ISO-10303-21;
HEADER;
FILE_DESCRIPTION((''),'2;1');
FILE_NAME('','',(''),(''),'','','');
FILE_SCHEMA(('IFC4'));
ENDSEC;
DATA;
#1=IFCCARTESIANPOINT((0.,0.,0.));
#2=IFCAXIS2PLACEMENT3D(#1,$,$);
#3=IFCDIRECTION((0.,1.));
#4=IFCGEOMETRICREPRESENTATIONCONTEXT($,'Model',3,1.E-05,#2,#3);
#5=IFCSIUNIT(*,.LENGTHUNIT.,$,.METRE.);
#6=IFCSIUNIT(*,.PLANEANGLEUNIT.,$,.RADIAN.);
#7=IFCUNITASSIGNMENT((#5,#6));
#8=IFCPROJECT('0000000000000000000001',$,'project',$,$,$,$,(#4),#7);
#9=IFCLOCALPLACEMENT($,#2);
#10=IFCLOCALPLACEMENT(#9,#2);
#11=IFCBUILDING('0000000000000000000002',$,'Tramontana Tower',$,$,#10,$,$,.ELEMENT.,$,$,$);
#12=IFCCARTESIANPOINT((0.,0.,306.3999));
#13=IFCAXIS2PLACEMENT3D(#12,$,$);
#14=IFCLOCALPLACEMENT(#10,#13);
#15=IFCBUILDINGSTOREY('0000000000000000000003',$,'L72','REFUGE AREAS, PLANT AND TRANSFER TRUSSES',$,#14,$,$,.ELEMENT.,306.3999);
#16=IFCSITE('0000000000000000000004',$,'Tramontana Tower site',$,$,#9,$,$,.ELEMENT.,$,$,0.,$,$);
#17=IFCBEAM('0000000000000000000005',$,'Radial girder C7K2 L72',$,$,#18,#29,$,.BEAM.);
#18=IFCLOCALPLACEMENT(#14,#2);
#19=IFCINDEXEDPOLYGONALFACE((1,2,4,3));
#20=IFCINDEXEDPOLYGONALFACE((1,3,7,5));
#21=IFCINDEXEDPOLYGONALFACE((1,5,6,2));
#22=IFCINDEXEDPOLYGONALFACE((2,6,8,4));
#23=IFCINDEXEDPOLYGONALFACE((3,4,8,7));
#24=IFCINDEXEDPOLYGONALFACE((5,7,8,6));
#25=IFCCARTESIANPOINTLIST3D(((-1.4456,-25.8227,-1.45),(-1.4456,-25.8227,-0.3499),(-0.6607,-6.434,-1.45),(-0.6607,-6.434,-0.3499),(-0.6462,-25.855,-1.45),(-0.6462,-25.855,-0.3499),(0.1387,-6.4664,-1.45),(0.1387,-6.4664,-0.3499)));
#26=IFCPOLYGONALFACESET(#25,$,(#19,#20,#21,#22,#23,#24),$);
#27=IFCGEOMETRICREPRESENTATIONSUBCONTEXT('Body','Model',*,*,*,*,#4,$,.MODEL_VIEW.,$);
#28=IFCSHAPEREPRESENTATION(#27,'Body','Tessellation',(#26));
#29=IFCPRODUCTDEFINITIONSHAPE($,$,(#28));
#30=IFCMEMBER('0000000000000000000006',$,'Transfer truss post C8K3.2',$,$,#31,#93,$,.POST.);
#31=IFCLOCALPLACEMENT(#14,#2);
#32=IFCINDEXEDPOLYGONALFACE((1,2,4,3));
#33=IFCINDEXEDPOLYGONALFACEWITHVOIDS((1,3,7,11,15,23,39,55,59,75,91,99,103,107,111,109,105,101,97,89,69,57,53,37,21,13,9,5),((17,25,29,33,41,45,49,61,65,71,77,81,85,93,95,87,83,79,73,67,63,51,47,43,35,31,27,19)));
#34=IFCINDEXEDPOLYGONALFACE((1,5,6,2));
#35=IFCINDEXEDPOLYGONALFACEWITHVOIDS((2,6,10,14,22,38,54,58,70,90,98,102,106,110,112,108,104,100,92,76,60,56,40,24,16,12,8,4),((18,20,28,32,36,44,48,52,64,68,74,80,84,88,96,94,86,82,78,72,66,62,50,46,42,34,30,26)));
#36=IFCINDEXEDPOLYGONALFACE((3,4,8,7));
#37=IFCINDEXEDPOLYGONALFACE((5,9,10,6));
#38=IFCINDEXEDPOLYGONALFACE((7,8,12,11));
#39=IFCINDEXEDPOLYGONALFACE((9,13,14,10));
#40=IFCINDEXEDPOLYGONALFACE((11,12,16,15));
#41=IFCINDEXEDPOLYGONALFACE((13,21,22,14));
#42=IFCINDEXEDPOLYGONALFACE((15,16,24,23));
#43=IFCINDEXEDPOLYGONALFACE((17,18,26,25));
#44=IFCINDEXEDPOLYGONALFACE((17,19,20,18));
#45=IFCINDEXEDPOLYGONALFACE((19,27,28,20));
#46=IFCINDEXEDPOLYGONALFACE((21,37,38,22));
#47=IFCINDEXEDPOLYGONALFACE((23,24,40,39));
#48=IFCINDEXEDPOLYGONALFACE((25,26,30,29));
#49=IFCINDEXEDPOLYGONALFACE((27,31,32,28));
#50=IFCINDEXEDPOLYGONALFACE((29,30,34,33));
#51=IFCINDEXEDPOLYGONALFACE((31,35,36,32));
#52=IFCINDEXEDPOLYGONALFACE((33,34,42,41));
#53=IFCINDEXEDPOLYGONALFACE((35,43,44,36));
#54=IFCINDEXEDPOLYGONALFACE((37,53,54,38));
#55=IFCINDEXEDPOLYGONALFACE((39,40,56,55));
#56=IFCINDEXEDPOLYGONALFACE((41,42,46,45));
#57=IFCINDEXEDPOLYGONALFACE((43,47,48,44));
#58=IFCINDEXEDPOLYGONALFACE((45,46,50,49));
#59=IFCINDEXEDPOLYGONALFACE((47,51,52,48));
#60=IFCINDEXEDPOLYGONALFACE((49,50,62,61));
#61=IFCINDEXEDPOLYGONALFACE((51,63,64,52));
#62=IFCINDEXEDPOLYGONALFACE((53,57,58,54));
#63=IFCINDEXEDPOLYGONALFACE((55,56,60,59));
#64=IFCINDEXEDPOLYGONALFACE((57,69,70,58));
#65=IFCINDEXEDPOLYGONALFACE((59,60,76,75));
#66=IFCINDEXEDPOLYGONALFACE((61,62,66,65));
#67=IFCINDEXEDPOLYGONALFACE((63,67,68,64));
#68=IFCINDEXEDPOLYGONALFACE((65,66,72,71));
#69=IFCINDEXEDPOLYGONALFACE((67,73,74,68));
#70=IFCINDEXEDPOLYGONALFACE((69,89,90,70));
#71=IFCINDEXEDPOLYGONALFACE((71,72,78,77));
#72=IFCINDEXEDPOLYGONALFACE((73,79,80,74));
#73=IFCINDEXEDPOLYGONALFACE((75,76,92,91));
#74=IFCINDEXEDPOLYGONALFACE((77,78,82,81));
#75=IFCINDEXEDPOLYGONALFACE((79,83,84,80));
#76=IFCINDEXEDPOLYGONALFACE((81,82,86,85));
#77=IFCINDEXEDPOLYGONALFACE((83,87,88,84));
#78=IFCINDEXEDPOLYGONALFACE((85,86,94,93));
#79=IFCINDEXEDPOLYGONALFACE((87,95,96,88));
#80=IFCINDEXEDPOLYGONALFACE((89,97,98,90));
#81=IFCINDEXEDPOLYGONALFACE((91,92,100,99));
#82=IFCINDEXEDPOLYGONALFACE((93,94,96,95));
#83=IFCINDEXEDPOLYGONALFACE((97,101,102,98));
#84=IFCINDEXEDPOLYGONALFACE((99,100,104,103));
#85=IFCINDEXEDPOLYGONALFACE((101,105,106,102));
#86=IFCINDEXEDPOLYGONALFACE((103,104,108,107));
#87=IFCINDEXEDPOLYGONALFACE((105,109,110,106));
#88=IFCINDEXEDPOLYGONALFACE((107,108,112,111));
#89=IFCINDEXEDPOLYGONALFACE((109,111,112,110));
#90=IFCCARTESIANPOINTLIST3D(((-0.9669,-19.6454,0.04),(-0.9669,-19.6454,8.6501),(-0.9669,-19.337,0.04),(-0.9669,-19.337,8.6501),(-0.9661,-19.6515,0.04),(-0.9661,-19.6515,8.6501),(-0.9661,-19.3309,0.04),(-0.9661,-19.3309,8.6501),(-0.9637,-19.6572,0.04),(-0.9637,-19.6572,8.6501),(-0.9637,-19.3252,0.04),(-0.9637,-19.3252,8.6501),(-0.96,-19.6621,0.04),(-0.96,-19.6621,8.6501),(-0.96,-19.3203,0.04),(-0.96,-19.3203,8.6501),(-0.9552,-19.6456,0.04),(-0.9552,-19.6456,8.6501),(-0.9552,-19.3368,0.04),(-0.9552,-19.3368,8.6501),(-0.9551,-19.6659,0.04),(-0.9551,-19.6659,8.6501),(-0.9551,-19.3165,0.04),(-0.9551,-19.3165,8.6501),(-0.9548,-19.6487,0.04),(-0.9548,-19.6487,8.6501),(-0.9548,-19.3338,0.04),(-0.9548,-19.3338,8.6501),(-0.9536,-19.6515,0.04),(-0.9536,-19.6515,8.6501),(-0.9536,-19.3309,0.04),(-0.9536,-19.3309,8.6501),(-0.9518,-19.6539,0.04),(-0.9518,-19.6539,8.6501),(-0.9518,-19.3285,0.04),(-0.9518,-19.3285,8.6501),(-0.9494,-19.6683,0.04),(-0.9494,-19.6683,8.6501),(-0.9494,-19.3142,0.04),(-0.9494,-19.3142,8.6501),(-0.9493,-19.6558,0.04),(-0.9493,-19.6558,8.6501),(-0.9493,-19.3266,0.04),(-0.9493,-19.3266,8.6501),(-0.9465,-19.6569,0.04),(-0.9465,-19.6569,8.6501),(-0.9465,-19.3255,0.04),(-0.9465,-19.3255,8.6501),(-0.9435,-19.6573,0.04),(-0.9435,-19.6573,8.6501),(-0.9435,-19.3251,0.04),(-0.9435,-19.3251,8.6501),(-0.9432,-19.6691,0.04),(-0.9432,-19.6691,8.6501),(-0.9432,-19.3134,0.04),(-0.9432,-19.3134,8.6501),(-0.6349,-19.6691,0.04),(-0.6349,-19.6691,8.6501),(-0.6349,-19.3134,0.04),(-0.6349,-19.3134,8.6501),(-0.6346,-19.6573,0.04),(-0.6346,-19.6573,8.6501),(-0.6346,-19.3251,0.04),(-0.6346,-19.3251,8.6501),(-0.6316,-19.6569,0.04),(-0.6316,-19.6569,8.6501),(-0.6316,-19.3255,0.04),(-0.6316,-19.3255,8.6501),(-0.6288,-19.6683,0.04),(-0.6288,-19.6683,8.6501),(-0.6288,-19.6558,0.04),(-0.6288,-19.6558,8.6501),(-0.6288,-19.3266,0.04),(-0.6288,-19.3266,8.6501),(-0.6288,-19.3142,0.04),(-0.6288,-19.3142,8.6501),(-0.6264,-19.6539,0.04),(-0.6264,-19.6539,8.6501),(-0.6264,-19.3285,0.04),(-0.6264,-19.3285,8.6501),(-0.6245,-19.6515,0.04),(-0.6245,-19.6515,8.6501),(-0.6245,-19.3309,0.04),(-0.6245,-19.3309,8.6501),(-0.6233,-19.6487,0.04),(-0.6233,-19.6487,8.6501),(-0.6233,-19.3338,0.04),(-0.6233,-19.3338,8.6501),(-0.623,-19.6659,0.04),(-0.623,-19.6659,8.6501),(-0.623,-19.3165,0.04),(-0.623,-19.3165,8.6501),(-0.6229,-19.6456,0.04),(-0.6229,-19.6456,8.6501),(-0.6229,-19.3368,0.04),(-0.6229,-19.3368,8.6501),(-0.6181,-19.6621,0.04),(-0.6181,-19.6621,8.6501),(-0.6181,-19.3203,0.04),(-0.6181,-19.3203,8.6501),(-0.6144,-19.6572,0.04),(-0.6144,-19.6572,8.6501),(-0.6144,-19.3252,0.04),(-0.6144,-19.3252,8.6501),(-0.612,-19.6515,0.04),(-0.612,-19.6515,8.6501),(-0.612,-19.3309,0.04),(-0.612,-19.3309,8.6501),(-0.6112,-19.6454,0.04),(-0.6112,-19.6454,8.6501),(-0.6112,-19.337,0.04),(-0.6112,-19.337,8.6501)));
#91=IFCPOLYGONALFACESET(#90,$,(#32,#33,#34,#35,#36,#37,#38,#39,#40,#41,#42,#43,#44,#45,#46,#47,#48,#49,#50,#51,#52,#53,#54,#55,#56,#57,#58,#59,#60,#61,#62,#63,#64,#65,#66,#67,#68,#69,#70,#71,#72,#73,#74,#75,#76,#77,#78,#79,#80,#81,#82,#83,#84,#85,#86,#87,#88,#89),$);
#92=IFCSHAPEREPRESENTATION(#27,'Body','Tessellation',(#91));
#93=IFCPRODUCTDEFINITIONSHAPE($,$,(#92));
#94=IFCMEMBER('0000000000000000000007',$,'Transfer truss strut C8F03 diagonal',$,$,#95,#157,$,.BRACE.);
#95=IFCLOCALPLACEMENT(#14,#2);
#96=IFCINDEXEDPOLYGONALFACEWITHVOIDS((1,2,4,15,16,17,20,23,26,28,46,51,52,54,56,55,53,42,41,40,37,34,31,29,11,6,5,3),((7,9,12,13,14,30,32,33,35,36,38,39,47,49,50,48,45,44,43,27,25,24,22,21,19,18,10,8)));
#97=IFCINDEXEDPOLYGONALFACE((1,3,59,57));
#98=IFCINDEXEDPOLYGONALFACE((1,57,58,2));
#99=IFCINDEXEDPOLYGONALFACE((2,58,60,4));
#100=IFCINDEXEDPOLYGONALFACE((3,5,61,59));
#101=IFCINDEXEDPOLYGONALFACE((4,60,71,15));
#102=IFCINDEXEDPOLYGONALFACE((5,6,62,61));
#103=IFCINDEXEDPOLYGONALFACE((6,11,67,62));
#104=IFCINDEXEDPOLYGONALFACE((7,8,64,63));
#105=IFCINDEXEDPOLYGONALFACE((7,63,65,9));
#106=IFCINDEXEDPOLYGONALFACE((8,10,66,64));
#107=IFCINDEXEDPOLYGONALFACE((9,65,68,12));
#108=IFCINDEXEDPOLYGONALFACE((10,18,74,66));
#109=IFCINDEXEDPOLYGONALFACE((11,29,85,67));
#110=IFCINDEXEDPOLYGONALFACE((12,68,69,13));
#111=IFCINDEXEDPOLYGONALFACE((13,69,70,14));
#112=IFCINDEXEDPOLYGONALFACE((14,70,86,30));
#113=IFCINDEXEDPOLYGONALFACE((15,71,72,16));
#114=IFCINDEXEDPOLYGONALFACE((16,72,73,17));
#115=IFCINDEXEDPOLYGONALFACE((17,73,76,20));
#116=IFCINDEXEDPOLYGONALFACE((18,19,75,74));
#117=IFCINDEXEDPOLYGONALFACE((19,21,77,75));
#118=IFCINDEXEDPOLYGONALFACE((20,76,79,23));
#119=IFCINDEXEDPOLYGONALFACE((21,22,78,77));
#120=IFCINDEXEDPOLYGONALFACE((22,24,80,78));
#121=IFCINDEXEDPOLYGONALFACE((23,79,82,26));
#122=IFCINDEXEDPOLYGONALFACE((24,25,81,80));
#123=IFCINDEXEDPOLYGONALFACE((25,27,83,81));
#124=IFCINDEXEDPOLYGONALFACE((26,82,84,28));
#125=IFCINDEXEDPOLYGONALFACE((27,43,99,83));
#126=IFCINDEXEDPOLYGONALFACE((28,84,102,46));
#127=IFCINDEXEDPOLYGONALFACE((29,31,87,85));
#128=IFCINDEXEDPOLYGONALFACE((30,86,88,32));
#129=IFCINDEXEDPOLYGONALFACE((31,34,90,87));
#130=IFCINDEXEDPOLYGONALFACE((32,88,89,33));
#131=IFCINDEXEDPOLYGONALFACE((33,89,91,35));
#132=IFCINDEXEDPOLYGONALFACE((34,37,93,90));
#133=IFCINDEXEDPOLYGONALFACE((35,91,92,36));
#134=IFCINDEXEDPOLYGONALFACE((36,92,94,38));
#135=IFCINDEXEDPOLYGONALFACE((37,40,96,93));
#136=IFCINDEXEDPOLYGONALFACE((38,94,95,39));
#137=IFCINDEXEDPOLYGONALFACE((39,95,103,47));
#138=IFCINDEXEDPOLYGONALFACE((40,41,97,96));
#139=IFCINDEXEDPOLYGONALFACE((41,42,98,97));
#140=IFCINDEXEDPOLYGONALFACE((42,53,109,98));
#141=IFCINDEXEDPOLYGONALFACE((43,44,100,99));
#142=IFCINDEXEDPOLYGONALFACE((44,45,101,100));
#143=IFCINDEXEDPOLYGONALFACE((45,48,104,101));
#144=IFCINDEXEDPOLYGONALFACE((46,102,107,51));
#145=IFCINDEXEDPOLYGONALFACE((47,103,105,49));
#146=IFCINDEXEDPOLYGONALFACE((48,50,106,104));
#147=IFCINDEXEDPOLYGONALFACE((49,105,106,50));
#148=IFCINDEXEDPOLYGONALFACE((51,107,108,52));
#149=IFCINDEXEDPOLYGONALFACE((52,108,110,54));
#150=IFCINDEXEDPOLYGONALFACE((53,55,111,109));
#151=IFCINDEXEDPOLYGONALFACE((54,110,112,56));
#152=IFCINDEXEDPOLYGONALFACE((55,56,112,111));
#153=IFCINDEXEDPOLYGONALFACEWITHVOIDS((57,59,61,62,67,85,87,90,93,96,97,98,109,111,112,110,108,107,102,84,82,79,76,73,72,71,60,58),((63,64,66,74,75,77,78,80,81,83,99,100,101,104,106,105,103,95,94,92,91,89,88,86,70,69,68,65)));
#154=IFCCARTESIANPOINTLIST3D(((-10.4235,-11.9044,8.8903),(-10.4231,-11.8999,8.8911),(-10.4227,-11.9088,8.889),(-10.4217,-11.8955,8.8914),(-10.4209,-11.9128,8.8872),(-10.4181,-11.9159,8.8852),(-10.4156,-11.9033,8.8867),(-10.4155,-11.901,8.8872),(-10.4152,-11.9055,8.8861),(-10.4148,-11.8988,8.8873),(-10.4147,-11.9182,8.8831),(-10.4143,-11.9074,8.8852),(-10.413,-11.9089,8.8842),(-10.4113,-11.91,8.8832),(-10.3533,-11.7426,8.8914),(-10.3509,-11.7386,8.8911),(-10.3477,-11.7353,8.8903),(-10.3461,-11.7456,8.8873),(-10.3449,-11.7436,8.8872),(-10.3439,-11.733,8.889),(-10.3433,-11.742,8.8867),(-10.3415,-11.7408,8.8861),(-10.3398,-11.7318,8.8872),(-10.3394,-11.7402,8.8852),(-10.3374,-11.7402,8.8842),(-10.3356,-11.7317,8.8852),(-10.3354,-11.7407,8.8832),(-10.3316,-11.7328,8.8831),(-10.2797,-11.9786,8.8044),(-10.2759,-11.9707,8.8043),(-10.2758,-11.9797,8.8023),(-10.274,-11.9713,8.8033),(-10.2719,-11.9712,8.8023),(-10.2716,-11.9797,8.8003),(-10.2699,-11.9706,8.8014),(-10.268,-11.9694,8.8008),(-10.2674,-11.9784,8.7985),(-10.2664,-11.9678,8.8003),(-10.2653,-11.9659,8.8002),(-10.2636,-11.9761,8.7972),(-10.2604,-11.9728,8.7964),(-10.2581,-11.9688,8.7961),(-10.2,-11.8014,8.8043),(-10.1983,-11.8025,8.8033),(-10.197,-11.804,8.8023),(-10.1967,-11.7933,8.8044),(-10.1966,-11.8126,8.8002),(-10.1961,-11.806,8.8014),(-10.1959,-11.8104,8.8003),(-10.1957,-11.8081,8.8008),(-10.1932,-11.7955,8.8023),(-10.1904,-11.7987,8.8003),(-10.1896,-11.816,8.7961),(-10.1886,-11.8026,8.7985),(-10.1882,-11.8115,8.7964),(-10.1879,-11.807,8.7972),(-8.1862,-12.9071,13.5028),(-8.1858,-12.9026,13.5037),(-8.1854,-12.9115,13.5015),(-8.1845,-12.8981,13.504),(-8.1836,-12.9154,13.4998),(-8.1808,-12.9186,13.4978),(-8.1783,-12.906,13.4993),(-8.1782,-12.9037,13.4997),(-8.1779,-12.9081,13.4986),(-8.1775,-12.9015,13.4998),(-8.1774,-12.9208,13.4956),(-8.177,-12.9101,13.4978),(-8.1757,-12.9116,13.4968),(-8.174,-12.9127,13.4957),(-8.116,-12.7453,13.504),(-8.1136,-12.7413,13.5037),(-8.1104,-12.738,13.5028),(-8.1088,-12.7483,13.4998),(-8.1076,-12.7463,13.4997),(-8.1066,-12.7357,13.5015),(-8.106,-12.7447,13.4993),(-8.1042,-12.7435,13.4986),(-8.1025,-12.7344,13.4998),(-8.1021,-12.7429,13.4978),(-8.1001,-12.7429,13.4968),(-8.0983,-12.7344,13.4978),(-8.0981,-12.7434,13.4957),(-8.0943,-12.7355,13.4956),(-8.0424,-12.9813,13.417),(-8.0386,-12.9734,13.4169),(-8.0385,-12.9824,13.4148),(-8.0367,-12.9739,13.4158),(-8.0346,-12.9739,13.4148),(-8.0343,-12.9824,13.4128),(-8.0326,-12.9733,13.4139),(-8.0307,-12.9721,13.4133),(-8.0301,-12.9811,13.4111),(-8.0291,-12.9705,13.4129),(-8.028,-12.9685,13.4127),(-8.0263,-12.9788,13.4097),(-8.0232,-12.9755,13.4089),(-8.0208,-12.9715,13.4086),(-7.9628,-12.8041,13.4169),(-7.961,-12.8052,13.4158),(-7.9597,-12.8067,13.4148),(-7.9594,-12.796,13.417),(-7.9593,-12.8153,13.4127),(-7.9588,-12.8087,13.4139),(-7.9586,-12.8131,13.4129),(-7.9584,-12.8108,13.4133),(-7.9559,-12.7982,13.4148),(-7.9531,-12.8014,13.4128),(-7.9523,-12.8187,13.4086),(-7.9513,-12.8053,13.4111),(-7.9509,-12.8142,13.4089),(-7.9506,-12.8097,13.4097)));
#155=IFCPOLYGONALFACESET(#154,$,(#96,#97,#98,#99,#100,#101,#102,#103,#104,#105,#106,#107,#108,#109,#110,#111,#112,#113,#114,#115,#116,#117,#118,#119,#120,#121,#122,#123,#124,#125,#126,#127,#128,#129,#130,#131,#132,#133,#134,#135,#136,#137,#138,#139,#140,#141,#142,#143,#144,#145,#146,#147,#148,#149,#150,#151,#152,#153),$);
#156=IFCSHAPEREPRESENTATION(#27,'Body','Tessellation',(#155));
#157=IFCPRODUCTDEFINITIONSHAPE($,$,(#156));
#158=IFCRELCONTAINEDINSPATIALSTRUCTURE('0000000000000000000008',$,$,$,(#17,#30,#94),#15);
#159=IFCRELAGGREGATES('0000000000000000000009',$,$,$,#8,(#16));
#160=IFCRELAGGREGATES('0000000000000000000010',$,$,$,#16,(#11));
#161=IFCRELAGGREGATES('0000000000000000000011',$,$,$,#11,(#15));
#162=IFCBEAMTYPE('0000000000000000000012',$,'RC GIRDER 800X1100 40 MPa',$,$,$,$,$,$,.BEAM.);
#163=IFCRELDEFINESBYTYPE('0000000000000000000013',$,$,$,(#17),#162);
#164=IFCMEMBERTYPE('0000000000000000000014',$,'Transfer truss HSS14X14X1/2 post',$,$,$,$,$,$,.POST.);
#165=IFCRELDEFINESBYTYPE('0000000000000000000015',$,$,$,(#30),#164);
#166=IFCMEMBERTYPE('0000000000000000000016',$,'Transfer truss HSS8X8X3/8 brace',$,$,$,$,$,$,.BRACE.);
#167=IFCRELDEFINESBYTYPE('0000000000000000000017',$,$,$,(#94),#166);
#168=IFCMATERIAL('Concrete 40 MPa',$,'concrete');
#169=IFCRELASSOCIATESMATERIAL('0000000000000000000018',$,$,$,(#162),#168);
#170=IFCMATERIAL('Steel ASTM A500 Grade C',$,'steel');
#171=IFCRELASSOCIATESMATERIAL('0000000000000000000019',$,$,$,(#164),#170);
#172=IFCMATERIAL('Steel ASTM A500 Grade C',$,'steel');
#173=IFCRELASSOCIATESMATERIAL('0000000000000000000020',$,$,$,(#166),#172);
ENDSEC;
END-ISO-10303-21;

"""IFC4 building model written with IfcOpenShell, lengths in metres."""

from ifc_helpers import new_model, si_unit, direction, frame, origin, origin_2d, place, context, subcontext, project, spatial, rectangle, hollow_rectangle, extrude, material, material_profile, profile_set, type_object, element, save


model = new_model("IFC4")

# Units and contexts
model_context = context("Model", 3, precision=1e-05, world=origin(), true_north=direction((0.0, 1.0)))
body_context = subcontext(model_context, "Body", "Model", "MODEL_VIEW")
ifc_project = project(units=[si_unit("LENGTHUNIT", "METRE"), si_unit("PLANEANGLEUNIT", "RADIAN")], contexts=[model_context])

# Site, building, storey
site_placement = place(None, origin())
site = spatial("IfcSite", under=ifc_project, at=site_placement, Name="Tramontana Tower site", CompositionType="ELEMENT", RefElevation=0.0)
building_placement = place(site_placement, origin())
building = spatial("IfcBuilding", under=site, at=building_placement, Name="Tramontana Tower", CompositionType="ELEMENT")
storey_placement = place(building_placement, frame((0.0, 0.0, 306.3999)))
storey = spatial("IfcBuildingStorey", under=building, at=storey_placement, Name="L72", Description="REFUGE AREAS, PLANT AND TRANSFER TRUSSES", CompositionType="ELEMENT", Elevation=306.3999)

# Beam
ifc_material_1 = material(Name="Concrete 40 MPa", Category="concrete")
ifc_material_profile_1 = material_profile(ifc_material_1, rectangle(XDim=0.8, YDim=1.1001, at=origin_2d()), Name="RC GIRDER 800X1100 40 MPa")
ifc_profile_set_1 = profile_set([ifc_material_profile_1], Name="Concrete 40 MPa")
beam_type_1 = type_object("IfcBeamType", Name="RC GIRDER 800X1100 40 MPa", PredefinedType="BEAM", material=ifc_profile_set_1)
beam_1_placement = place(storey_placement, frame((-1.0459, -25.8389, -0.8999), z_axis=(0.04045, 0.999182, 0.0), x_axis=(-0.999182, 0.04045, 0.0)))
element("IfcBeam", 1, at=beam_1_placement, inside=storey, type_object=beam_type_1, Name="Radial girder C7K2 L72", PredefinedType="BEAM", context=body_context, shape_type="SweptSolid", body=[
    extrude(rectangle(XDim=0.8, YDim=1.1001, at=origin_2d()), origin(), (0.0, 0.0, 1.0), 19.4045),
])

# Members
ifc_material_2 = material(Name="Steel ASTM A500 Grade C", Category="steel")
ifc_material_profile_2 = material_profile(ifc_material_2, hollow_rectangle(XDim=0.3557, YDim=0.3557, WallThickness=0.0117, InnerFilletRadius=0.0117, OuterFilletRadius=0.0237, at=origin_2d()), Name="HSS14X14X1/2")
ifc_profile_set_2 = profile_set([ifc_material_profile_2], Name="Steel ASTM A500 Grade C")
member_type_1 = type_object("IfcMemberType", Name="Transfer truss HSS14X14X1/2 post", PredefinedType="POST", material=ifc_profile_set_2)
member_1_placement = place(storey_placement, frame((-0.7891, -19.4912, 0.04), z_axis=(0.0, 0.0, 1.0), x_axis=(1.0, 0.0, 0.0)))
element("IfcMember", 2, at=member_1_placement, inside=storey, type_object=member_type_1, Name="Transfer truss post C8K3.2", PredefinedType="POST", context=body_context, shape_type="SweptSolid", body=[
    extrude(hollow_rectangle(XDim=0.3557, YDim=0.3557, WallThickness=0.0117, InnerFilletRadius=0.0117, OuterFilletRadius=0.0237, at=origin_2d()), origin(), (0.0, 0.0, 1.0), 8.6101),
])
ifc_material_3 = material(Name="Steel ASTM A500 Grade C", Category="steel")
ifc_material_profile_3 = material_profile(ifc_material_3, hollow_rectangle(XDim=0.2031, YDim=0.2031, WallThickness=0.0088, InnerFilletRadius=0.0088, OuterFilletRadius=0.0178, at=origin_2d()), Name="HSS8X8X3/8")
ifc_profile_set_3 = profile_set([ifc_material_profile_3], Name="Steel ASTM A500 Grade C")
member_type_2 = type_object("IfcMemberType", Name="Transfer truss HSS8X8X3/8 brace", PredefinedType="BRACE", material=ifc_profile_set_3)
member_2_placement = place(storey_placement, frame((-10.3057, -11.8557, 8.8438), z_axis=(0.428303, -0.191951, 0.883013), x_axis=(0.408973, 0.912546, 0.0)))
element("IfcMember", 3, at=member_2_placement, inside=storey, type_object=member_type_2, Name="Transfer truss strut C8F03 diagonal", PredefinedType="BRACE", context=body_context, shape_type="SweptSolid", body=[
    extrude(hollow_rectangle(XDim=0.2031, YDim=0.2031, WallThickness=0.0088, InnerFilletRadius=0.0088, OuterFilletRadius=0.0178, at=origin_2d()), origin(), (0.0, 0.0, 1.0), 5.2236),
])

save(model, "model.ifc")
